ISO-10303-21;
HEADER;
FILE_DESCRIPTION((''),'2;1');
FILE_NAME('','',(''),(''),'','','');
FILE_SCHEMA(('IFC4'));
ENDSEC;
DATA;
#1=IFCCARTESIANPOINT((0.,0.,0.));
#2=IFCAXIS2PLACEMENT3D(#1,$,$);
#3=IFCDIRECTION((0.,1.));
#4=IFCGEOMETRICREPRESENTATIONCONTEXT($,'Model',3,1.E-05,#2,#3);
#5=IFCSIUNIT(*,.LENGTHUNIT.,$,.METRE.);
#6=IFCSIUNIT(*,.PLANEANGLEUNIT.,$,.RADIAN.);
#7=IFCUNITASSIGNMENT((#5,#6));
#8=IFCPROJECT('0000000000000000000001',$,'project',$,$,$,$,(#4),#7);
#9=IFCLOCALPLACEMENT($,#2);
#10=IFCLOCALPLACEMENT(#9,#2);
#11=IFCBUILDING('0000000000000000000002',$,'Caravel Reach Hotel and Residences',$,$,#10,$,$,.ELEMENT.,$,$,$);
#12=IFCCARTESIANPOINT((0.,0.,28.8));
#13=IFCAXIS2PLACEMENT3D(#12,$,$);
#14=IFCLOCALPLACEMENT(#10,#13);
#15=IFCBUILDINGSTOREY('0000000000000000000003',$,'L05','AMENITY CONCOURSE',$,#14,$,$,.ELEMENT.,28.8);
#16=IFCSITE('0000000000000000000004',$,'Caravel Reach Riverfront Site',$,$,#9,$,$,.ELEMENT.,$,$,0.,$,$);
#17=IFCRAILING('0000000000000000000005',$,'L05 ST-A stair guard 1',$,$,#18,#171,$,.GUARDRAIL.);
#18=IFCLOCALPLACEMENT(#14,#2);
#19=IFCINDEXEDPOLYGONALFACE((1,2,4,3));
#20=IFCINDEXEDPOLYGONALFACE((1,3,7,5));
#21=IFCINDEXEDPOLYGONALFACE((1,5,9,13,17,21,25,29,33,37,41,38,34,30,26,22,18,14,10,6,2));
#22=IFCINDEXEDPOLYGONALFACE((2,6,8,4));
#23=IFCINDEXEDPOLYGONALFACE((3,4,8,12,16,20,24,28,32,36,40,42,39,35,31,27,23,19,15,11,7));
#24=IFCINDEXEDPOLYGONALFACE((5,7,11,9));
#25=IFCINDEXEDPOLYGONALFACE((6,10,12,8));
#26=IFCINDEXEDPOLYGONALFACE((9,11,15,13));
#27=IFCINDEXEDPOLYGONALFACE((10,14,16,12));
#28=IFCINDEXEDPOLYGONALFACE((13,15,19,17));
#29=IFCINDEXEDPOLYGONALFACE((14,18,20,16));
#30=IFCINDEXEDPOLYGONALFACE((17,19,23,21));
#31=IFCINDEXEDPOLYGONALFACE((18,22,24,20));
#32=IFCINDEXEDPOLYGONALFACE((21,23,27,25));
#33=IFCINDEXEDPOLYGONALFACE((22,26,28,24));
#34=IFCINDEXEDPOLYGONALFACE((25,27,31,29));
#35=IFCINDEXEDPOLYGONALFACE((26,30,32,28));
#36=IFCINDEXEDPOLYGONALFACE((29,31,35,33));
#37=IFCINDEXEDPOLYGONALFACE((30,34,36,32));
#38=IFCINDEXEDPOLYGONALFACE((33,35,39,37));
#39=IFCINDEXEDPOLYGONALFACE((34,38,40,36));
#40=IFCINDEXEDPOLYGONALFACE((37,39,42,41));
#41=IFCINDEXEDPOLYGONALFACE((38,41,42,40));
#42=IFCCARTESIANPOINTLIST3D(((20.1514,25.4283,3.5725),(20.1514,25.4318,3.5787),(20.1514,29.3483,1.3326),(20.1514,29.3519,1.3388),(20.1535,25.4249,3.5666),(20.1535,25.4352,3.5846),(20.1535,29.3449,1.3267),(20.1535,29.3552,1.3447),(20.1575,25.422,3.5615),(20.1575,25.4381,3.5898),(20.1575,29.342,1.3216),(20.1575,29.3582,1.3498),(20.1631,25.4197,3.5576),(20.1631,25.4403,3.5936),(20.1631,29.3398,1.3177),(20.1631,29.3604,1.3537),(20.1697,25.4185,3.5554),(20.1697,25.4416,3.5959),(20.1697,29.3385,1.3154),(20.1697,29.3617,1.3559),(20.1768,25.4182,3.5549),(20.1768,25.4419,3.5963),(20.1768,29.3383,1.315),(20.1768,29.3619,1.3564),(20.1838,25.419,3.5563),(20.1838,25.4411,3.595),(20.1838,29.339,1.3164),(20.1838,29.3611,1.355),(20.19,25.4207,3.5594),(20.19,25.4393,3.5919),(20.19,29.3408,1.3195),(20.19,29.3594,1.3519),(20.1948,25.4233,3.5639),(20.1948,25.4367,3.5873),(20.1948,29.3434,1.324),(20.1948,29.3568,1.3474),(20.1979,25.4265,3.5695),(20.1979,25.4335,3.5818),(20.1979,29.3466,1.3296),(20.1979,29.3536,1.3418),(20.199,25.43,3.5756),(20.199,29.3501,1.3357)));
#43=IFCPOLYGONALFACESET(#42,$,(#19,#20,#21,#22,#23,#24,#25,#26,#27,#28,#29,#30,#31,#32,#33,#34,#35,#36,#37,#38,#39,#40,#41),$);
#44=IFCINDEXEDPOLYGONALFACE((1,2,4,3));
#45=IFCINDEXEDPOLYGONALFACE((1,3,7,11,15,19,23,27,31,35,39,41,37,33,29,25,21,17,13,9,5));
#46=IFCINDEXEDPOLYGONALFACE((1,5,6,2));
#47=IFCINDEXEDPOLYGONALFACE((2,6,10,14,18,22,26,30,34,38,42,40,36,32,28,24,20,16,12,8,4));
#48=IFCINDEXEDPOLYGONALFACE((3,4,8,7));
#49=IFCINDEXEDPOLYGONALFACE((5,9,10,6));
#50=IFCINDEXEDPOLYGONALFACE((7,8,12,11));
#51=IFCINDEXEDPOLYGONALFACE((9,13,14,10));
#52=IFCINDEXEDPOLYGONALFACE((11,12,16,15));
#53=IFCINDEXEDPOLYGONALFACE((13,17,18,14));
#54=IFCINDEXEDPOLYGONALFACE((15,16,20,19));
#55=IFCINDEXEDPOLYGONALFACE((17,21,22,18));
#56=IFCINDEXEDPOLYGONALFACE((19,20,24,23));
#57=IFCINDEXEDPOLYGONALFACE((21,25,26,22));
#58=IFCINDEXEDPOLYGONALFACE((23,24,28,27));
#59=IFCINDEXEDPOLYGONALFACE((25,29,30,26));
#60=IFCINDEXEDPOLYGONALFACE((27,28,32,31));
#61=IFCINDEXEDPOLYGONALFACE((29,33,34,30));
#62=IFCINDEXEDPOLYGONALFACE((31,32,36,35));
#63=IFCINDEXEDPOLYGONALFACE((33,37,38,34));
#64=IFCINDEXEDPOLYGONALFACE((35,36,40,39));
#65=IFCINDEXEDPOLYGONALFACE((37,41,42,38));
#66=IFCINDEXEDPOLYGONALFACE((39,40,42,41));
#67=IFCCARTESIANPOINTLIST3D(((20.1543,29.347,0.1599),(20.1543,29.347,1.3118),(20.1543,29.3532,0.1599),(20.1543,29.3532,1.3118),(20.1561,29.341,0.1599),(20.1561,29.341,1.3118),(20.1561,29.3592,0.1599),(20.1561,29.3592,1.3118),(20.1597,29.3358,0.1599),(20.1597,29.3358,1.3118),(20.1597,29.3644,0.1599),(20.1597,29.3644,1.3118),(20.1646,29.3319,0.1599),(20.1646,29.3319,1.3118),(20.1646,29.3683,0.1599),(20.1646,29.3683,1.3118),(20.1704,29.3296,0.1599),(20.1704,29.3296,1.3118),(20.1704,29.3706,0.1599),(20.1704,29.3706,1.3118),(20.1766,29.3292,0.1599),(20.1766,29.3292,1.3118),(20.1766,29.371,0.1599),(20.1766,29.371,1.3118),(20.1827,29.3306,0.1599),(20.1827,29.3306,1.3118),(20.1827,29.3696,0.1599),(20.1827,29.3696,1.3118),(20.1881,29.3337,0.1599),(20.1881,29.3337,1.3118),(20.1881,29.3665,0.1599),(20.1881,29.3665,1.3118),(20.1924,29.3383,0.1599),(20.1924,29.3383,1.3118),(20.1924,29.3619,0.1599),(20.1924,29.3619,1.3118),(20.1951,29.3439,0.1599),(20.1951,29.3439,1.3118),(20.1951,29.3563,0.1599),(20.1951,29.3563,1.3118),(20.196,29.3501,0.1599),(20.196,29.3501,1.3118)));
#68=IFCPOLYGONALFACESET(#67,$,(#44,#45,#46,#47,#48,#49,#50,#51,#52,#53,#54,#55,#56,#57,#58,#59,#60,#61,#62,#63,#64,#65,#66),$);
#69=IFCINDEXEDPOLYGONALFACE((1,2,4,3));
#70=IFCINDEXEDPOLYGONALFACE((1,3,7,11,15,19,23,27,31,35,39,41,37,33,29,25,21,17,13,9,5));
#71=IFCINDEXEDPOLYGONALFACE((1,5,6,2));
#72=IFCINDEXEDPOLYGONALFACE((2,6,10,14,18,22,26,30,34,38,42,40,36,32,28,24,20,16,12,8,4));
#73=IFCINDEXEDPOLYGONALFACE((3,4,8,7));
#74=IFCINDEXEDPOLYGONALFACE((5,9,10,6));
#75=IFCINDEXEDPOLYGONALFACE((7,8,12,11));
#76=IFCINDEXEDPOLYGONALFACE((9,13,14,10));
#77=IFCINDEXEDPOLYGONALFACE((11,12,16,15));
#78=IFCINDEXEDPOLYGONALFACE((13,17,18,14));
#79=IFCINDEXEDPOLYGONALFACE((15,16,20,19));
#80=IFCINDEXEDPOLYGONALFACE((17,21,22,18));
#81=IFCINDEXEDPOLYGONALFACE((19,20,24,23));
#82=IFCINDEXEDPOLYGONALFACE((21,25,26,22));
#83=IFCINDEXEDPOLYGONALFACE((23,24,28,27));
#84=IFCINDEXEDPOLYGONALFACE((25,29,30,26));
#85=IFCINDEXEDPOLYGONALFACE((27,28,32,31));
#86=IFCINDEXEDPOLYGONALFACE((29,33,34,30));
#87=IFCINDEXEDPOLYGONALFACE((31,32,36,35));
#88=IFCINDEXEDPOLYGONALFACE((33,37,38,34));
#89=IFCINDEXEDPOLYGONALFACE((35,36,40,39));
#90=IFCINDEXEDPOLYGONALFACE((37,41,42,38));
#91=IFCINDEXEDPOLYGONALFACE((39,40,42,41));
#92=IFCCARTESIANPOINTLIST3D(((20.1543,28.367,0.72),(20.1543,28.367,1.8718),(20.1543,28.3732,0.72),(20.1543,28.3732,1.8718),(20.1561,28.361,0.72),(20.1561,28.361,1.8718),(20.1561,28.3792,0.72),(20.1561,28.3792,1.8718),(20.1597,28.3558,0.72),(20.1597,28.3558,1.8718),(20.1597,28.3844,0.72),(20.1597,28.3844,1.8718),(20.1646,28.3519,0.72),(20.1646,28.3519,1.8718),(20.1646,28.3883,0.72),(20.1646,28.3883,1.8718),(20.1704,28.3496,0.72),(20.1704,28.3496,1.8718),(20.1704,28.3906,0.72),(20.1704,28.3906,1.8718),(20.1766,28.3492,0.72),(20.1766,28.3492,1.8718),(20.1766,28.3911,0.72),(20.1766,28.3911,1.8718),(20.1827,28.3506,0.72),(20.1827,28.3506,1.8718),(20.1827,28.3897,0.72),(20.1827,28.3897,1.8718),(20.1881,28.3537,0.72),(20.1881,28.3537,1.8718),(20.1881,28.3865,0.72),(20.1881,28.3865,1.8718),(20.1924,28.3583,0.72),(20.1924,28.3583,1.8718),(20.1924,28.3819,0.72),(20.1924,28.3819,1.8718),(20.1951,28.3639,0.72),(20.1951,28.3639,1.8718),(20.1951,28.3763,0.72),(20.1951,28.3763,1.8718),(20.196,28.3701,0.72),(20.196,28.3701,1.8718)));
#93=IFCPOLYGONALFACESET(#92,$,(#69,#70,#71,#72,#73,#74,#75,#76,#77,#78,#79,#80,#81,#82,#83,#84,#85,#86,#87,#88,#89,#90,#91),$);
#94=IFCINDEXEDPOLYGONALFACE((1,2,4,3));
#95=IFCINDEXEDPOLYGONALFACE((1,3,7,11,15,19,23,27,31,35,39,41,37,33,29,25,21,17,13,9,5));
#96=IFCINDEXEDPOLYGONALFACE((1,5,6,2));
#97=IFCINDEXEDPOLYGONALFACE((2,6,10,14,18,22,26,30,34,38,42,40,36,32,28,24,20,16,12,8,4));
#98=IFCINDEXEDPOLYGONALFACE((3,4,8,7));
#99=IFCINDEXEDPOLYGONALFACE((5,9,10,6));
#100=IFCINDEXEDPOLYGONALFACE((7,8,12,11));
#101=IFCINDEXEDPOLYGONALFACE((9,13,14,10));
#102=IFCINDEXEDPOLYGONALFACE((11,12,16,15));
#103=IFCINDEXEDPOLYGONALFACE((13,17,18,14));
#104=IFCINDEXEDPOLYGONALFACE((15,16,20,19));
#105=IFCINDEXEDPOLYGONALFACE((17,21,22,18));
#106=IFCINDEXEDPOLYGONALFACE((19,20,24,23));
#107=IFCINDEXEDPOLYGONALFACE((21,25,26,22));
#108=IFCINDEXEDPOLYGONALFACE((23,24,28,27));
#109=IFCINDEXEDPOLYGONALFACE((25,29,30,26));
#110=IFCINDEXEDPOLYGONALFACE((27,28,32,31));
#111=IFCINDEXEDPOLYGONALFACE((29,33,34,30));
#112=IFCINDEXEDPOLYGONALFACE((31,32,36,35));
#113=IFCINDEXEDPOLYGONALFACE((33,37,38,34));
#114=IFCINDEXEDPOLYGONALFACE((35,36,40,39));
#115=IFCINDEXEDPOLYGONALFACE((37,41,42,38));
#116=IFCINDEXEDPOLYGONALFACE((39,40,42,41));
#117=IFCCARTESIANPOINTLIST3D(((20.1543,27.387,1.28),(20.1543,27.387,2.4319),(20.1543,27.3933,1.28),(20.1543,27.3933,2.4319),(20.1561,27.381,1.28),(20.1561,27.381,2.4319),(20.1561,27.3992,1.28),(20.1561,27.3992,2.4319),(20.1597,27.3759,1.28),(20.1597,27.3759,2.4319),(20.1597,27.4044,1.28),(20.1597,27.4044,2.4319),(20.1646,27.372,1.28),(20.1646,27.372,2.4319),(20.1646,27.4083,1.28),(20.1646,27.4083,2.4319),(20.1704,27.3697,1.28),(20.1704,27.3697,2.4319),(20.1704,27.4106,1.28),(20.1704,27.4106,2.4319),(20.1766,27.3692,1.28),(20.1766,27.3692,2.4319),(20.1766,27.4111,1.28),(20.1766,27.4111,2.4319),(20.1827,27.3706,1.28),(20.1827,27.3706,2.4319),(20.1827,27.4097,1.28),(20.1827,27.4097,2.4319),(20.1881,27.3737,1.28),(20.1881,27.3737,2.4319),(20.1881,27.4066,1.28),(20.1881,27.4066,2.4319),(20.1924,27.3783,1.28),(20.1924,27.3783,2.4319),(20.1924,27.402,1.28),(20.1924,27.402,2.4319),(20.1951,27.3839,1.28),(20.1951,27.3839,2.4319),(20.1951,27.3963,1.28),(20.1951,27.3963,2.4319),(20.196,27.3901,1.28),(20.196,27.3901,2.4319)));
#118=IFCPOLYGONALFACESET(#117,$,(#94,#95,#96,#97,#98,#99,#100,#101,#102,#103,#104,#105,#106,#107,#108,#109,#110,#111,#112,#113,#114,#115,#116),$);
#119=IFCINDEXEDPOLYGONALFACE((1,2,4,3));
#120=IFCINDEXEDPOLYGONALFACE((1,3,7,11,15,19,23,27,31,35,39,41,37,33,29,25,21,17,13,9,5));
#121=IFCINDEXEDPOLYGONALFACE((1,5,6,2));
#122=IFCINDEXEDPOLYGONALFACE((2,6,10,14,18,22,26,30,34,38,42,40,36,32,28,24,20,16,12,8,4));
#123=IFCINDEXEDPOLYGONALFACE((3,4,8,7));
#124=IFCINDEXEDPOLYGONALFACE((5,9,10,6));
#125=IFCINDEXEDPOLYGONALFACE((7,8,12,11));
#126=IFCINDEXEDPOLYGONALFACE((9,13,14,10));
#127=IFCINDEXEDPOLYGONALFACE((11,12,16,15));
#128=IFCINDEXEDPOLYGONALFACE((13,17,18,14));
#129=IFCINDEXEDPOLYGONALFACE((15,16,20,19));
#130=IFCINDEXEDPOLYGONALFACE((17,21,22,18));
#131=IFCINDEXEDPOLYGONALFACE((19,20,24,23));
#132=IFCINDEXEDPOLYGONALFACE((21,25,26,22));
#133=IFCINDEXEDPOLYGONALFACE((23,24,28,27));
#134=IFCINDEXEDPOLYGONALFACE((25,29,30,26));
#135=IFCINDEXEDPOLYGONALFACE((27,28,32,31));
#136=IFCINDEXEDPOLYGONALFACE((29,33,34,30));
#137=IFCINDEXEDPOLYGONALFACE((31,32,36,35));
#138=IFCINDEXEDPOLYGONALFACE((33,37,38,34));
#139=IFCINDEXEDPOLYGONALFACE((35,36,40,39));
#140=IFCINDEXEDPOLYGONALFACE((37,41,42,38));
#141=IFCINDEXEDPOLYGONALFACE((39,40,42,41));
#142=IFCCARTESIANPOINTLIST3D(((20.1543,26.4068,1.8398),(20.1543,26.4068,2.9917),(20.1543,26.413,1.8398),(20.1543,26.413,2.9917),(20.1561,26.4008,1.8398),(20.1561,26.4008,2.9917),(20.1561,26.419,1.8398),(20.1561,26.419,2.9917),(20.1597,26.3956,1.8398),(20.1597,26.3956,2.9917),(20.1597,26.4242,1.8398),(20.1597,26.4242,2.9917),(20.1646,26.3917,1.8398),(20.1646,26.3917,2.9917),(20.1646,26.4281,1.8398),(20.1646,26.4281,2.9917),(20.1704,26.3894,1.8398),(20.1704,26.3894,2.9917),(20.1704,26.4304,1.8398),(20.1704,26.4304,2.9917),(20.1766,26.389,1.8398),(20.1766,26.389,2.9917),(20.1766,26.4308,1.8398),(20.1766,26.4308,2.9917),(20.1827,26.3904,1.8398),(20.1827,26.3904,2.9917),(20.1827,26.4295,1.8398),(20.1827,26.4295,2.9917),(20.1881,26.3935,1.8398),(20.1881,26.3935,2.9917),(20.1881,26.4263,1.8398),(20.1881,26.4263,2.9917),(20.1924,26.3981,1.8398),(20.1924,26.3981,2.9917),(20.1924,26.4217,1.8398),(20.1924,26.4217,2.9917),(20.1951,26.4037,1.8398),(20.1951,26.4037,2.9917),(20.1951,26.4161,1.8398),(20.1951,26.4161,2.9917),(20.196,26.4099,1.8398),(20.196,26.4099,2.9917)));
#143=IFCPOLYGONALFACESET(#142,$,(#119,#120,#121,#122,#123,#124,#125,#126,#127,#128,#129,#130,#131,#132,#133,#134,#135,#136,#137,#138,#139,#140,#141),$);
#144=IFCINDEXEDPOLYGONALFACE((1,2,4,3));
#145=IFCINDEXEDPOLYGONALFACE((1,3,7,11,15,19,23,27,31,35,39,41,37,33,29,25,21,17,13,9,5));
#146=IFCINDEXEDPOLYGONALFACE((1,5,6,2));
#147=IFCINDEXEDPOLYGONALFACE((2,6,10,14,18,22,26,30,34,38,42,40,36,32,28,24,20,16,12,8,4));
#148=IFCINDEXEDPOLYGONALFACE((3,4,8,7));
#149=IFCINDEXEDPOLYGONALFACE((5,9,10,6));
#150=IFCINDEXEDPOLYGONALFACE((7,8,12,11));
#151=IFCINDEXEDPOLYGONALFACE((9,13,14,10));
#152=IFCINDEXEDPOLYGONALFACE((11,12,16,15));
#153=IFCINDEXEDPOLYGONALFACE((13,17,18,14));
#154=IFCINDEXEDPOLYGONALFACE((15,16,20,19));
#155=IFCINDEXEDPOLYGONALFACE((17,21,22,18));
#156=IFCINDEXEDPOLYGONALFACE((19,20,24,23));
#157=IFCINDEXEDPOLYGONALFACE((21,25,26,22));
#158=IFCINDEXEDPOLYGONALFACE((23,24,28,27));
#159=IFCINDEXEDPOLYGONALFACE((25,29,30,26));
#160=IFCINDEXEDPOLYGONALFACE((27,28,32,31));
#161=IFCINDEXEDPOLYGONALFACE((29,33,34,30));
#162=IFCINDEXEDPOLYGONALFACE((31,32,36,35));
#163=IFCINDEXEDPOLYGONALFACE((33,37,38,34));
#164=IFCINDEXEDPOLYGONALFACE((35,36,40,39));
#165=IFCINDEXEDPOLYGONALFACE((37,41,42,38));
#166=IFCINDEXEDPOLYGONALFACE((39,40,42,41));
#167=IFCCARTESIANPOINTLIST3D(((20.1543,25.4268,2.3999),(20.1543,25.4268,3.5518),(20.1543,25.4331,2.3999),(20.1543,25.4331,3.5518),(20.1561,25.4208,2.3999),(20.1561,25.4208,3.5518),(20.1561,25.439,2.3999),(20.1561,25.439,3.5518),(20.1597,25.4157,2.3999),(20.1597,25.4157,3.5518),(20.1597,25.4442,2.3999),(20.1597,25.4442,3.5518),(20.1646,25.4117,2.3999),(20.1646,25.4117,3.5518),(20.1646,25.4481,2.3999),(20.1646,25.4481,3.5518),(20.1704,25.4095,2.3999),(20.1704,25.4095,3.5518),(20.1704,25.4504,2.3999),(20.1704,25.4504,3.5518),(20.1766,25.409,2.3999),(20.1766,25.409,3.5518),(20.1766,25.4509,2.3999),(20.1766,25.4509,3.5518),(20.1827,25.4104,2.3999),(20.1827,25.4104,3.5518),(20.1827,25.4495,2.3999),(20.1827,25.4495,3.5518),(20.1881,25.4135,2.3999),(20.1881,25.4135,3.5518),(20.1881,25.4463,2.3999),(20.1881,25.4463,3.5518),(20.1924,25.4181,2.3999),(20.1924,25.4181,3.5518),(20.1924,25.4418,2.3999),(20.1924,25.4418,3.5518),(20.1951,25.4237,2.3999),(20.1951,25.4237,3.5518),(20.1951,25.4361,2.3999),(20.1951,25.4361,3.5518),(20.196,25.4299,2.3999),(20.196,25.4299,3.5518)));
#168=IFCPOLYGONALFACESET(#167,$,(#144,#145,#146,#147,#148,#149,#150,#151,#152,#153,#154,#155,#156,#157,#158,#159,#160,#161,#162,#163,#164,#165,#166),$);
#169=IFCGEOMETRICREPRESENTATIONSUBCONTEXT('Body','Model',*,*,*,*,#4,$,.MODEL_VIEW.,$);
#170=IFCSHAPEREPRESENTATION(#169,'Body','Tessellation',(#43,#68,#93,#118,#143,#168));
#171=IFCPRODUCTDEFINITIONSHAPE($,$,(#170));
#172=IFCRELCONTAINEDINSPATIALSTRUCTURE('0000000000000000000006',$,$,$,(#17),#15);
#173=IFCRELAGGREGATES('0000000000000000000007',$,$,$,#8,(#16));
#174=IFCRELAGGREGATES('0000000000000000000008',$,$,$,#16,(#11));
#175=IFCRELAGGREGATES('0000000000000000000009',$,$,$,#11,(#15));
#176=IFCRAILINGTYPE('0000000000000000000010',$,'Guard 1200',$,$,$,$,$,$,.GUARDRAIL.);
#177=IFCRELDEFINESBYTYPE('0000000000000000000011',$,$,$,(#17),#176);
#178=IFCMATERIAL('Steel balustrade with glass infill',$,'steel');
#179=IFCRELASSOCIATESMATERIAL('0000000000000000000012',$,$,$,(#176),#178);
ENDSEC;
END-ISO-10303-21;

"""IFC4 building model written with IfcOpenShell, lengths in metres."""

from ifc_helpers import new_model, si_unit, direction, frame, origin, origin_2d, place, context, subcontext, project, spatial, circle, extrude, material, type_object, element, save


model = new_model("IFC4")

# Units and contexts
model_context = context("Model", 3, precision=1e-05, world=origin(), true_north=direction((0.0, 1.0)))
body_context = subcontext(model_context, "Body", "Model", "MODEL_VIEW")
ifc_project = project(units=[si_unit("LENGTHUNIT", "METRE"), si_unit("PLANEANGLEUNIT", "RADIAN")], contexts=[model_context])

# Site, building, storey
site_placement = place(None, origin())
site = spatial("IfcSite", under=ifc_project, at=site_placement, Name="Caravel Reach Riverfront Site", CompositionType="ELEMENT", RefElevation=0.0)
building_placement = place(site_placement, origin())
building = spatial("IfcBuilding", under=site, at=building_placement, Name="Caravel Reach Hotel and Residences", CompositionType="ELEMENT")
storey_placement = place(building_placement, frame((0.0, 0.0, 28.8)))
storey = spatial("IfcBuildingStorey", under=building, at=storey_placement, Name="L05", Description="AMENITY CONCOURSE", CompositionType="ELEMENT", Elevation=28.8)

# Railing
ifc_material_1 = material(Name="Steel balustrade with glass infill", Category="steel")
railing_type_1 = type_object("IfcRailingType", Name="Guard 1200", PredefinedType="GUARDRAIL", material=ifc_material_1)
railing_1_placement = place(storey_placement, frame((20.175, 29.3501, 0.1599)))
element("IfcRailing", 1, at=railing_1_placement, inside=storey, type_object=railing_type_1, Name="L05 ST-A stair guard 1", PredefinedType="GUARDRAIL", context=body_context, shape_type="SweptSolid", body=[
    extrude(circle(Radius=0.0239, at=origin_2d()), frame((0.0, 0.0, 1.1758), z_axis=(0.0, -0.868253, 0.496121), x_axis=(1.0, 0.0, 0.0)), (0.0, 0.0, 1.0), 4.5149),
    extrude(circle(Radius=0.021, at=origin_2d()), origin(), (0.0, 0.0, 1.0), 1.1519),
    extrude(circle(Radius=0.021, at=origin_2d()), frame((0.0, -0.98, 0.5601)), (0.0, 0.0, 1.0), 1.1519),
    extrude(circle(Radius=0.021, at=origin_2d()), frame((0.0, -1.96, 1.1201)), (0.0, 0.0, 1.0), 1.1519),
    extrude(circle(Radius=0.021, at=origin_2d()), frame((0.0, -2.9402, 1.6799)), (0.0, 0.0, 1.0), 1.1519),
    extrude(circle(Radius=0.021, at=origin_2d()), frame((0.0, -3.9202, 2.24)), (0.0, 0.0, 1.0), 1.1519),
])

save(model, "model.ifc")
